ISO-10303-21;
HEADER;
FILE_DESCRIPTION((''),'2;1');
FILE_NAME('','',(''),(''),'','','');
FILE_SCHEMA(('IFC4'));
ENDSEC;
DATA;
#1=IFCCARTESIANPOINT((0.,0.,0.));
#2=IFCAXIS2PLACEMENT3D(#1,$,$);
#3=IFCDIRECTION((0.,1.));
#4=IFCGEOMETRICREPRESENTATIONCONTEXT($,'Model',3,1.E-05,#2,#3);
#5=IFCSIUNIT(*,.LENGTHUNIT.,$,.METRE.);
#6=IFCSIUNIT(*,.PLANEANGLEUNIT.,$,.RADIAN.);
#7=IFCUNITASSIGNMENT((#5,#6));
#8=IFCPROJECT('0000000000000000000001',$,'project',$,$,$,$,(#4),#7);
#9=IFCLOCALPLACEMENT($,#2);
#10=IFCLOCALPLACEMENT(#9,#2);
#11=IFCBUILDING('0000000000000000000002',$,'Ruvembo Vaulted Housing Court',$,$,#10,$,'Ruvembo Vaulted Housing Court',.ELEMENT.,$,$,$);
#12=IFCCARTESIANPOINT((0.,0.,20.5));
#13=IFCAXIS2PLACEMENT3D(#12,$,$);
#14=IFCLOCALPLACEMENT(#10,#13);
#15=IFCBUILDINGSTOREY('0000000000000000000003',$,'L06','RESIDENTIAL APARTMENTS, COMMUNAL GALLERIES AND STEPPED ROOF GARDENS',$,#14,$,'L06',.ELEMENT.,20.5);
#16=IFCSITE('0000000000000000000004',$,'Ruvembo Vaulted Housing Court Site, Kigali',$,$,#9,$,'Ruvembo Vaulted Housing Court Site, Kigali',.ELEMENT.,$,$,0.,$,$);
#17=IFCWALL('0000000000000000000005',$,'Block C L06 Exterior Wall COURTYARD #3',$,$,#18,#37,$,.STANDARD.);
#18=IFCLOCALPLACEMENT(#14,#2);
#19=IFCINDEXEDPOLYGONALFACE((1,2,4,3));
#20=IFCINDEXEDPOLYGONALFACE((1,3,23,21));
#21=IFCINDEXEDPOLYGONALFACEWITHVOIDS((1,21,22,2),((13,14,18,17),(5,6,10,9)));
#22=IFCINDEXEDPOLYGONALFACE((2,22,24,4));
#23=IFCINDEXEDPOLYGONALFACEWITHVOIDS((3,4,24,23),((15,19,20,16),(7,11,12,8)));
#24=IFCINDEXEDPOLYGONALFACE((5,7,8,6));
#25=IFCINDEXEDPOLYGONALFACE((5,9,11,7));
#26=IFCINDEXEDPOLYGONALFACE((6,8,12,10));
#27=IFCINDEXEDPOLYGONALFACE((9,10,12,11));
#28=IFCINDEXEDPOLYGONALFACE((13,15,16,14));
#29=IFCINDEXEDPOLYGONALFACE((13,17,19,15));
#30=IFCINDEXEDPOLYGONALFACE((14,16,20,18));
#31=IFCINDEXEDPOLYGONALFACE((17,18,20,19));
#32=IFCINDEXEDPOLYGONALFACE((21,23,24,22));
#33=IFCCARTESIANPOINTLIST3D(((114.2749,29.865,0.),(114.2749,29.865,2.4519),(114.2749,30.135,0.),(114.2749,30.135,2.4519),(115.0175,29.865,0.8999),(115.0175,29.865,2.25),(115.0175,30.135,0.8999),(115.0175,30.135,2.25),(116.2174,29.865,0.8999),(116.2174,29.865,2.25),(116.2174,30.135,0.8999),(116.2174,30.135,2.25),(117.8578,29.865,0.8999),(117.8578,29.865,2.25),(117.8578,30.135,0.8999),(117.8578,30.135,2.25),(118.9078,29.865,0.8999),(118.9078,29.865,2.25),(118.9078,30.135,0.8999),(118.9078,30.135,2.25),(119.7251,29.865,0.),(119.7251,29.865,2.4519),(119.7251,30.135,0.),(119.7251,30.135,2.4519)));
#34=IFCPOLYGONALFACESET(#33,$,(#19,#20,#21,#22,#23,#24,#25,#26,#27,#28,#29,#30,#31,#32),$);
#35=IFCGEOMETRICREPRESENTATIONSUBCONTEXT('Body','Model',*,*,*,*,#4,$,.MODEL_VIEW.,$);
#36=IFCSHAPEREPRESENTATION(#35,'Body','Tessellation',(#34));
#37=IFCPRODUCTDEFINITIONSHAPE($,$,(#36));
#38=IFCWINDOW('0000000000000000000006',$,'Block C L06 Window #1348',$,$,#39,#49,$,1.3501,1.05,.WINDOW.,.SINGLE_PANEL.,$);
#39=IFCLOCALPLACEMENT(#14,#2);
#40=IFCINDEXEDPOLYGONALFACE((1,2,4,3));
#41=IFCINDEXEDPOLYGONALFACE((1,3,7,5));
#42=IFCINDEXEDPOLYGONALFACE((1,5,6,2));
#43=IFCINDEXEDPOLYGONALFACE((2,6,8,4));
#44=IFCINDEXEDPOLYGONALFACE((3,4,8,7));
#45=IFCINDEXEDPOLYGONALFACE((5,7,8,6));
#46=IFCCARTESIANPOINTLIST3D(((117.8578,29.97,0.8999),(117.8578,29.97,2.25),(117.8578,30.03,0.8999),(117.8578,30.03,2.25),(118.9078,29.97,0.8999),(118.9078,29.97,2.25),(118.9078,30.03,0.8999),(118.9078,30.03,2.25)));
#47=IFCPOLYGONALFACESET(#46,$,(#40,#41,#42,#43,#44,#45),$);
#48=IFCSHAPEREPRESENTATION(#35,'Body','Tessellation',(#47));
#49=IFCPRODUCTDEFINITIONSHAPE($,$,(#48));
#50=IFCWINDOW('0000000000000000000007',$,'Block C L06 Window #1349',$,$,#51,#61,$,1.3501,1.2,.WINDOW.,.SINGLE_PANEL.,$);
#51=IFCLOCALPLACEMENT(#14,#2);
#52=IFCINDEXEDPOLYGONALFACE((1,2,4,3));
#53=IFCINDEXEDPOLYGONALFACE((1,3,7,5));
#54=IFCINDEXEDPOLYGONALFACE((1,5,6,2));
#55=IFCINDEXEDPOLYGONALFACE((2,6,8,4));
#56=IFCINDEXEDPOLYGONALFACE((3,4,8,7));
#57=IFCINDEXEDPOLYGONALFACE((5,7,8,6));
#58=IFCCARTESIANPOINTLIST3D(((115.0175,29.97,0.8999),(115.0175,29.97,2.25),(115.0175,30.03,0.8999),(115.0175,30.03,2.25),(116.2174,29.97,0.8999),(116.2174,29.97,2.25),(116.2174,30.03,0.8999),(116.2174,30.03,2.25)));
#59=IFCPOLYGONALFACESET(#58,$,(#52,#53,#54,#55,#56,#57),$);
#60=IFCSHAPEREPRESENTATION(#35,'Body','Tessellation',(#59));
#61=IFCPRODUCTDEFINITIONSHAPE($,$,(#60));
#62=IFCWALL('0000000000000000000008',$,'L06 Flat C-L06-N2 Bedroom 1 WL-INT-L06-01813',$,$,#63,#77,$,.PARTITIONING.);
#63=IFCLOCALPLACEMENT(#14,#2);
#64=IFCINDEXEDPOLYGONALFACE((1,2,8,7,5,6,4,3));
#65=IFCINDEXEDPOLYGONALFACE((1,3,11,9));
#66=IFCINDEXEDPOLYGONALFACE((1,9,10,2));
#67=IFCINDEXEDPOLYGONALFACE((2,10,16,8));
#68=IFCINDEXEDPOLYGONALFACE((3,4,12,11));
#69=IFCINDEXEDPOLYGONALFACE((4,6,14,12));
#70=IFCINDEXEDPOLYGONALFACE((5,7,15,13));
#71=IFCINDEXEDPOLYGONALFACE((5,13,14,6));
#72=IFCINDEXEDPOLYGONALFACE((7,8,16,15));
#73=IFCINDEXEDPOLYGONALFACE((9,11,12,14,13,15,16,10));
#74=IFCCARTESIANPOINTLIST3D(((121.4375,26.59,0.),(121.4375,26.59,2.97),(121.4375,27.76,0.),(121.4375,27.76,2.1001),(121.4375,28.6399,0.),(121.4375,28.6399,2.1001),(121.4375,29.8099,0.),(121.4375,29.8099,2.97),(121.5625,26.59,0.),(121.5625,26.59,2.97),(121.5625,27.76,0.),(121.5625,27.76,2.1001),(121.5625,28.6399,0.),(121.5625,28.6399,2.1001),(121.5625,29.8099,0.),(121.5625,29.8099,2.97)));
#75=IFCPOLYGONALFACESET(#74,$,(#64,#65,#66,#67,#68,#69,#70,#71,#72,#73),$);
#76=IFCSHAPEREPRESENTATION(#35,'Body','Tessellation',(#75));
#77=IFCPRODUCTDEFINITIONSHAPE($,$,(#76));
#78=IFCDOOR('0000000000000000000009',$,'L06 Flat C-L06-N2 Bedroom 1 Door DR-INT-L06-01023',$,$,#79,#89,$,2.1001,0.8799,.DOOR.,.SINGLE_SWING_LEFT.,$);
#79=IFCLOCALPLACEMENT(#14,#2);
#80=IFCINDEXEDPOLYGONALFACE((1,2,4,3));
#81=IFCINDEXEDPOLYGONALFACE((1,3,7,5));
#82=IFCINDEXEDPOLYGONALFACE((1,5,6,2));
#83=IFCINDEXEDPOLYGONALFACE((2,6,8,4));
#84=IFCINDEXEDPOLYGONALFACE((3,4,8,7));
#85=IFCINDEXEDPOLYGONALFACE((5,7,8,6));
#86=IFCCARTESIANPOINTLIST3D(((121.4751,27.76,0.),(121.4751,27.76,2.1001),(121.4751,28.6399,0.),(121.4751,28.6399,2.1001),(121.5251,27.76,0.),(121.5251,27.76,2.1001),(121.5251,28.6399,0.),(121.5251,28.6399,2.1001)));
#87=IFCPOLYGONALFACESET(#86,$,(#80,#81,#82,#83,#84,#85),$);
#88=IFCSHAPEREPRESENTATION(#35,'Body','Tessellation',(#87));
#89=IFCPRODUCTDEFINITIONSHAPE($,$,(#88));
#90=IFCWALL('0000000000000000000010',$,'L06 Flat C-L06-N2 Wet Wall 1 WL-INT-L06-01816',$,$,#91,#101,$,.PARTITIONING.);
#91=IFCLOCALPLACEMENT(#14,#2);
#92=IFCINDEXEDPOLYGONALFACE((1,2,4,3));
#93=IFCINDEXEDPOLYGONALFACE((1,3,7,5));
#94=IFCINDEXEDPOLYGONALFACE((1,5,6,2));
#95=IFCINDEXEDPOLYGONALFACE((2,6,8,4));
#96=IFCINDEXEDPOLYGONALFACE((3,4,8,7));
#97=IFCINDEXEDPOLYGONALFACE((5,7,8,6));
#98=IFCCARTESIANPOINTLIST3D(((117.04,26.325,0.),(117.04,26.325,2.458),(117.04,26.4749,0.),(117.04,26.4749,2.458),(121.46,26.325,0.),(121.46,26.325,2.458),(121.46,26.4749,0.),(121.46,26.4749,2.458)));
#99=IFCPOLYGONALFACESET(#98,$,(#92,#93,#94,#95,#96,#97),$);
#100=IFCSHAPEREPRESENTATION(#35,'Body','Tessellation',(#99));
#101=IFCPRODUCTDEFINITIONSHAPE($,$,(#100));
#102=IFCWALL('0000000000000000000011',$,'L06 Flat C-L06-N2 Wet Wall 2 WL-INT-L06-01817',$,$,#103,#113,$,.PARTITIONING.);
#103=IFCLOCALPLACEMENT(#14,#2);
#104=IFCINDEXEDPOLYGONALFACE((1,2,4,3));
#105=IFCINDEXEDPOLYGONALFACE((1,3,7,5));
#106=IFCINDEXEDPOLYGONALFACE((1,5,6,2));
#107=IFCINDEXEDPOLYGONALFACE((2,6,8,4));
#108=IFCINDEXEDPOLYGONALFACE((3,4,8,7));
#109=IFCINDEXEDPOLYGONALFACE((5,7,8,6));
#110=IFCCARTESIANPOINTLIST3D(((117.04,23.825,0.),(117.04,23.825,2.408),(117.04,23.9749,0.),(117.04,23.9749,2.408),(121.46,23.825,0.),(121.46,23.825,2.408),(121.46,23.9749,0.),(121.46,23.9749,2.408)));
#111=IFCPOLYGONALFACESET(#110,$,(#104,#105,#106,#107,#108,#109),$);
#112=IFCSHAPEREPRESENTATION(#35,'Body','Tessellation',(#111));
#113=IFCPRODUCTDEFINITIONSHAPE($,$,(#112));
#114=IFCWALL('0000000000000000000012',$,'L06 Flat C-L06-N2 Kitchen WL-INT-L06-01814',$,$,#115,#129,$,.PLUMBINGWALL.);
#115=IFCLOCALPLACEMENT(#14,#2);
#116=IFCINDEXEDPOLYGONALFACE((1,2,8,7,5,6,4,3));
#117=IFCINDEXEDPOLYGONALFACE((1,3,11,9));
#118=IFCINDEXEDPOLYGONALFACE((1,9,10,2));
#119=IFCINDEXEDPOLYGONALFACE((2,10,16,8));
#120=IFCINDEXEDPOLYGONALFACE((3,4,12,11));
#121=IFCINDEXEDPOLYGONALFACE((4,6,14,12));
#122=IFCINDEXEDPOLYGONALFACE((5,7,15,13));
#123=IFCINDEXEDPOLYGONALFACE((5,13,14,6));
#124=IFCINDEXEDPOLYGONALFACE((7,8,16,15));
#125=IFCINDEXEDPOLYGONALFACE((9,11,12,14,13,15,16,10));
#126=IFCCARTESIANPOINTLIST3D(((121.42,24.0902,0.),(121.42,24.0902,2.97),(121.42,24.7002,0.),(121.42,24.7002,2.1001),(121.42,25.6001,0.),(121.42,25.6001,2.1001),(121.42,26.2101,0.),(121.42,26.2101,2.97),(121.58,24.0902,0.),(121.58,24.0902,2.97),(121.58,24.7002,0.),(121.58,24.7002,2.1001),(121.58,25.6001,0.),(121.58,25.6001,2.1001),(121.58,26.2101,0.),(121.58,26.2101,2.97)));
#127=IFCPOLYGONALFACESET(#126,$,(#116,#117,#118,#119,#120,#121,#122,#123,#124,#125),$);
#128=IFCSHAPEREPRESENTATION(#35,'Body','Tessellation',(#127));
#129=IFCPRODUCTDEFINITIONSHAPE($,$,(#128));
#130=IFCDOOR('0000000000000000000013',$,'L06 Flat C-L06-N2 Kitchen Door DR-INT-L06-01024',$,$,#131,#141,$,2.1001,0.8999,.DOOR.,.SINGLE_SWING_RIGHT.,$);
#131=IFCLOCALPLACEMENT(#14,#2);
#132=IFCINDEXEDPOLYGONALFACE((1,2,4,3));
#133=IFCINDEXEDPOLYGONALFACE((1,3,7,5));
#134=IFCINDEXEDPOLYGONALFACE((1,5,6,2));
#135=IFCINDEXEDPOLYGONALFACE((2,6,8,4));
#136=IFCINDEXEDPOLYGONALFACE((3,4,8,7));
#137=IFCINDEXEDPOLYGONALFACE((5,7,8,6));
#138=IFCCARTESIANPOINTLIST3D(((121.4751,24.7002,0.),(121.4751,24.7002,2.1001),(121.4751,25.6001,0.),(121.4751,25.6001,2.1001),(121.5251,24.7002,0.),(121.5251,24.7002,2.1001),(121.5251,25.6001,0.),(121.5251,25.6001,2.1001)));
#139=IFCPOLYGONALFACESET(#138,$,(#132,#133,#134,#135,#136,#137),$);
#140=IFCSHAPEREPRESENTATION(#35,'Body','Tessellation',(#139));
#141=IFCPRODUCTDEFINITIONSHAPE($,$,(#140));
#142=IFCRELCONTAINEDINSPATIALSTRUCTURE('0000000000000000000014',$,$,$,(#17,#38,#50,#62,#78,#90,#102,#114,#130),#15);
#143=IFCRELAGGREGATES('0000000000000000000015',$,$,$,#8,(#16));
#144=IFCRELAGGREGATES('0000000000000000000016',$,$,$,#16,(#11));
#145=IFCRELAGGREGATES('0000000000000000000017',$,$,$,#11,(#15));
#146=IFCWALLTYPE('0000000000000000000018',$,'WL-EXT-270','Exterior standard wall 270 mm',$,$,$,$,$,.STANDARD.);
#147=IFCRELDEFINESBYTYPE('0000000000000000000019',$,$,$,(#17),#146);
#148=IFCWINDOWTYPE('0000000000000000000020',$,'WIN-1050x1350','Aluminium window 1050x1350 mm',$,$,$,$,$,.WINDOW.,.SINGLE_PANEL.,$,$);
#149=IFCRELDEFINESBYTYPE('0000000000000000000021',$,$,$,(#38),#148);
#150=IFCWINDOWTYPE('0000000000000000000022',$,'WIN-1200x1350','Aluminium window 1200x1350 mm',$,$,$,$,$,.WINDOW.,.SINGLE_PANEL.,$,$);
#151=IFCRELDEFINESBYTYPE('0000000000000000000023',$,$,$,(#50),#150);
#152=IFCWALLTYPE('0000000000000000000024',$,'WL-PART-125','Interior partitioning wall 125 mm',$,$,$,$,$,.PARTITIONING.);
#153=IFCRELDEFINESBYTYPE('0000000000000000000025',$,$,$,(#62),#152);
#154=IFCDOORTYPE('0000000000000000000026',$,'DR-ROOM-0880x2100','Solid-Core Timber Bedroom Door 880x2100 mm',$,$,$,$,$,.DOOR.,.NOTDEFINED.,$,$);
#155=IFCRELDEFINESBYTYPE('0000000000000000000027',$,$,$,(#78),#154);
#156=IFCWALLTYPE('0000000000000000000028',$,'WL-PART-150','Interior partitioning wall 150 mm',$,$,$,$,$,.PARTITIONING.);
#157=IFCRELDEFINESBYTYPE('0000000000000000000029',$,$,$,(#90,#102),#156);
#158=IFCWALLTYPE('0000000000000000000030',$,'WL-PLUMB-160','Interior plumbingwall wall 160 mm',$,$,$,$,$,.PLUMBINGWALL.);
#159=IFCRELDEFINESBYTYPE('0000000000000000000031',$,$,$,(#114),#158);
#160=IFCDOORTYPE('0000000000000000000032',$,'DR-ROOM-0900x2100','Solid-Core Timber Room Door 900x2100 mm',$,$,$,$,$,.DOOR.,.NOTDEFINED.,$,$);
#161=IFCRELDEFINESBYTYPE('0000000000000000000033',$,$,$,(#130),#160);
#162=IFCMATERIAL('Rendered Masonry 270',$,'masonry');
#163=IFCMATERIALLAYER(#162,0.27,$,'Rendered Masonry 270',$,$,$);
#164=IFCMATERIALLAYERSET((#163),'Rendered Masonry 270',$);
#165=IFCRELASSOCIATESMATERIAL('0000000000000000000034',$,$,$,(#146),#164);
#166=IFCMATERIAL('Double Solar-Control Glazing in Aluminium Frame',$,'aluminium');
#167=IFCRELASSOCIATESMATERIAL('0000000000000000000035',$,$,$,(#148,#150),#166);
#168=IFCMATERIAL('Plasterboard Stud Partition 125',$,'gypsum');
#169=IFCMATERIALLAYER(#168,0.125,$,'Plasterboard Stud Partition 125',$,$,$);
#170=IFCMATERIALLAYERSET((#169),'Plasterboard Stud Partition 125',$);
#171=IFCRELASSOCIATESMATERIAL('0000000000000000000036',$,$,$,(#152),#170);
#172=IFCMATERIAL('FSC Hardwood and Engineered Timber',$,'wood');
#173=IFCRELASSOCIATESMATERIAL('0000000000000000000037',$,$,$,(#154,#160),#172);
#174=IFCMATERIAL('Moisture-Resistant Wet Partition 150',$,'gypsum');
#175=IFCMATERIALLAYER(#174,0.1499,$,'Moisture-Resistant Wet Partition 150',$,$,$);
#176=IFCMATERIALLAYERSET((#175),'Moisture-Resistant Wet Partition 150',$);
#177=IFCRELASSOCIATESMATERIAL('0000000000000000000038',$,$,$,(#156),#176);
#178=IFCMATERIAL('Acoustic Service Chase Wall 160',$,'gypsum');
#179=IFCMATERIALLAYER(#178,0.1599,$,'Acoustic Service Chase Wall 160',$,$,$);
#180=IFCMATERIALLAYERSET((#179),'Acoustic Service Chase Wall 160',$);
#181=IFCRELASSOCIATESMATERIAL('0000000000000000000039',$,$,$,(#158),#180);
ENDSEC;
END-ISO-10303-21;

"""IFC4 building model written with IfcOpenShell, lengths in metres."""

from ifc_helpers import new_model, si_unit, direction, frame, frame_2d, origin, place, context, subcontext, project, spatial, rectangle, extrude, material, layer, layer_set, type_object, element, fill, save


model = new_model("IFC4")

# Units and contexts
model_context = context("Model", 3, precision=1e-05, world=origin(), true_north=direction((0.0, 1.0)))
body_context = subcontext(model_context, "Body", "Model", "MODEL_VIEW")
ifc_project = project(units=[si_unit("LENGTHUNIT", "METRE"), si_unit("PLANEANGLEUNIT", "RADIAN")], contexts=[model_context])

# Site, building, storey
site_placement = place(None, origin())
site = spatial("IfcSite", under=ifc_project, at=site_placement, Name="Ruvembo Vaulted Housing Court Site, Kigali", LongName="Ruvembo Vaulted Housing Court Site, Kigali", CompositionType="ELEMENT", RefElevation=0.0)
building_placement = place(site_placement, origin())
building = spatial("IfcBuilding", under=site, at=building_placement, Name="Ruvembo Vaulted Housing Court", LongName="Ruvembo Vaulted Housing Court", CompositionType="ELEMENT")
storey_placement = place(building_placement, frame((0.0, 0.0, 20.5)))
storey = spatial("IfcBuildingStorey", under=building, at=storey_placement, Name="L06", Description="RESIDENTIAL APARTMENTS, COMMUNAL GALLERIES AND STEPPED ROOF GARDENS", LongName="L06", CompositionType="ELEMENT", Elevation=20.5)

# Wall, openings, windows
ifc_material_1 = material(Name="Rendered Masonry 270", Category="masonry")
ifc_layer_1 = layer(ifc_material_1, 0.27, Name="Rendered Masonry 270")
ifc_layer_set_1 = layer_set([ifc_layer_1], Name="Rendered Masonry 270")
wall_type_1 = type_object("IfcWallType", Name="WL-EXT-270", Description="Exterior standard wall 270 mm", PredefinedType="STANDARD", material=ifc_layer_set_1)
ifc_material_2 = material(Name="Double Solar-Control Glazing in Aluminium Frame", Category="aluminium")
window_type_1 = type_object("IfcWindowType", Name="WIN-1050x1350", Description="Aluminium window 1050x1350 mm", PartitioningType="SINGLE_PANEL", PredefinedType="WINDOW", material=ifc_material_2)
wall_1_placement = place(storey_placement, frame((119.7251, 30.0, 0.0), z_axis=(0.0, 0.0, 1.0), x_axis=(-1.0, 0.0, 0.0)))
wall_1 = element("IfcWall", 1, at=wall_1_placement, inside=storey, type_object=wall_type_1, Name="Block C L06 Exterior Wall COURTYARD #3", PredefinedType="STANDARD", context=body_context, shape_type="SweptSolid", body=[
    extrude(rectangle(XDim=5.4502, YDim=0.27, at=frame_2d((2.7251, 0.0))), origin(), (0.0, 0.0, 1.0), 2.4519),
])
opening_1_placement = place(wall_1_placement, frame((0.8174, 0.0, 0.8999)))
opening_1 = element("IfcOpeningElement", 2, at=opening_1_placement, cuts=wall_1, PredefinedType="OPENING", context=body_context, shape_type="SweptSolid", body=[
    extrude(rectangle(XDim=1.05, YDim=1.3501, at=frame_2d((0.5249, 0.675))), frame((0.0, 0.145, 0.0), z_axis=(0.0, -1.0, 0.0), x_axis=(1.0, 0.0, 0.0)), (0.0, 0.0, 1.0), 0.29),
])
opening_2_placement = place(wall_1_placement, frame((3.5076, 0.0, 0.8999)))
opening_2 = element("IfcOpeningElement", 3, at=opening_2_placement, cuts=wall_1, PredefinedType="OPENING", context=body_context, shape_type="SweptSolid", body=[
    extrude(rectangle(XDim=1.2, YDim=1.3501, at=frame_2d((0.6001, 0.675))), frame((0.0, 0.145, 0.0), z_axis=(0.0, -1.0, 0.0), x_axis=(1.0, 0.0, 0.0)), (0.0, 0.0, 1.0), 0.29),
])
window_1_placement = place(opening_1_placement, origin())
window_1 = element("IfcWindow", 4, at=window_1_placement, inside=storey, type_object=window_type_1, Name="Block C L06 Window #1348", OverallHeight=1.3501, OverallWidth=1.05, PartitioningType="SINGLE_PANEL", PredefinedType="WINDOW", context=body_context, shape_type="SweptSolid", body=[
    extrude(rectangle(XDim=1.05, YDim=1.3501, at=frame_2d((0.5249, 0.675))), frame((0.0, 0.03, 0.0), z_axis=(0.0, -1.0, 0.0), x_axis=(1.0, 0.0, 0.0)), (0.0, 0.0, 1.0), 0.0601),
])
fill(opening_1, window_1)
window_type_2 = type_object("IfcWindowType", Name="WIN-1200x1350", Description="Aluminium window 1200x1350 mm", PartitioningType="SINGLE_PANEL", PredefinedType="WINDOW", material=ifc_material_2)
window_2_placement = place(opening_2_placement, origin())
window_2 = element("IfcWindow", 5, at=window_2_placement, inside=storey, type_object=window_type_2, Name="Block C L06 Window #1349", OverallHeight=1.3501, OverallWidth=1.2, PartitioningType="SINGLE_PANEL", PredefinedType="WINDOW", context=body_context, shape_type="SweptSolid", body=[
    extrude(rectangle(XDim=1.2, YDim=1.3501, at=frame_2d((0.6001, 0.675))), frame((0.0, 0.03, 0.0), z_axis=(0.0, -1.0, 0.0), x_axis=(1.0, 0.0, 0.0)), (0.0, 0.0, 1.0), 0.0601),
])
fill(opening_2, window_2)

# Wall, opening, door
ifc_material_3 = material(Name="Plasterboard Stud Partition 125", Category="gypsum")
ifc_layer_2 = layer(ifc_material_3, 0.125, Name="Plasterboard Stud Partition 125")
ifc_layer_set_2 = layer_set([ifc_layer_2], Name="Plasterboard Stud Partition 125")
wall_type_2 = type_object("IfcWallType", Name="WL-PART-125", Description="Interior partitioning wall 125 mm", PredefinedType="PARTITIONING", material=ifc_layer_set_2)
wall_2_placement = place(storey_placement, frame((121.5, 26.5901, 0.0), z_axis=(0.0, 0.0, 1.0), x_axis=(0.0, 1.0, 0.0)))
wall_2 = element("IfcWall", 6, at=wall_2_placement, inside=storey, type_object=wall_type_2, Name="L06 Flat C-L06-N2 Bedroom 1 WL-INT-L06-01813", PredefinedType="PARTITIONING", context=body_context, shape_type="SweptSolid", body=[
    extrude(rectangle(XDim=3.22, YDim=0.125, at=frame_2d((1.6099, 0.0))), origin(), (0.0, 0.0, 1.0), 2.97),
])
opening_3_placement = place(wall_2_placement, frame((1.1699, 0.0, 0.0)))
opening_3 = element("IfcOpeningElement", 7, at=opening_3_placement, cuts=wall_2, PredefinedType="OPENING", context=body_context, shape_type="SweptSolid", body=[
    extrude(rectangle(XDim=0.8799, YDim=2.1001, at=frame_2d((0.4399, 1.05))), frame((0.0, 0.0725, 0.0), z_axis=(0.0, -1.0, 0.0), x_axis=(1.0, 0.0, 0.0)), (0.0, 0.0, 1.0), 0.145),
])
ifc_material_4 = material(Name="FSC Hardwood and Engineered Timber", Category="wood")
door_type_1 = type_object("IfcDoorType", Name="DR-ROOM-0880x2100", Description="Solid-Core Timber Bedroom Door 880x2100 mm", OperationType="NOTDEFINED", PredefinedType="DOOR", material=ifc_material_4)
door_1_placement = place(opening_3_placement, origin())
door_1 = element("IfcDoor", 8, at=door_1_placement, inside=storey, type_object=door_type_1, Name="L06 Flat C-L06-N2 Bedroom 1 Door DR-INT-L06-01023", OperationType="SINGLE_SWING_LEFT", OverallHeight=2.1001, OverallWidth=0.8799, PredefinedType="DOOR", context=body_context, shape_type="SweptSolid", body=[
    extrude(rectangle(XDim=0.8799, YDim=2.1001, at=frame_2d((0.4399, 1.05))), frame((0.0, 0.0249, 0.0), z_axis=(0.0, -1.0, 0.0), x_axis=(1.0, 0.0, 0.0)), (0.0, 0.0, 1.0), 0.05),
])
fill(opening_3, door_1)

# Walls
ifc_material_5 = material(Name="Moisture-Resistant Wet Partition 150", Category="gypsum")
ifc_layer_3 = layer(ifc_material_5, 0.1499, Name="Moisture-Resistant Wet Partition 150")
ifc_layer_set_3 = layer_set([ifc_layer_3], Name="Moisture-Resistant Wet Partition 150")
wall_type_3 = type_object("IfcWallType", Name="WL-PART-150", Description="Interior partitioning wall 150 mm", PredefinedType="PARTITIONING", material=ifc_layer_set_3)
wall_3_placement = place(storey_placement, frame((117.04, 26.3999, 0.0), z_axis=(0.0, 0.0, 1.0), x_axis=(1.0, 0.0, 0.0)))
element("IfcWall", 9, at=wall_3_placement, inside=storey, type_object=wall_type_3, Name="L06 Flat C-L06-N2 Wet Wall 1 WL-INT-L06-01816", PredefinedType="PARTITIONING", context=body_context, shape_type="SweptSolid", body=[
    extrude(rectangle(XDim=4.4199, YDim=0.1499, at=frame_2d((2.21, 0.0))), origin(), (0.0, 0.0, 1.0), 2.458),
])
wall_4_placement = place(storey_placement, frame((117.04, 23.8999, 0.0), z_axis=(0.0, 0.0, 1.0), x_axis=(1.0, 0.0, 0.0)))
element("IfcWall", 10, at=wall_4_placement, inside=storey, type_object=wall_type_3, Name="L06 Flat C-L06-N2 Wet Wall 2 WL-INT-L06-01817", PredefinedType="PARTITIONING", context=body_context, shape_type="SweptSolid", body=[
    extrude(rectangle(XDim=4.4199, YDim=0.1499, at=frame_2d((2.21, 0.0))), origin(), (0.0, 0.0, 1.0), 2.408),
])

# Wall, opening, door
ifc_material_6 = material(Name="Acoustic Service Chase Wall 160", Category="gypsum")
ifc_layer_4 = layer(ifc_material_6, 0.1599, Name="Acoustic Service Chase Wall 160")
ifc_layer_set_4 = layer_set([ifc_layer_4], Name="Acoustic Service Chase Wall 160")
wall_type_4 = type_object("IfcWallType", Name="WL-PLUMB-160", Description="Interior plumbingwall wall 160 mm", PredefinedType="PLUMBINGWALL", material=ifc_layer_set_4)
wall_5_placement = place(storey_placement, frame((121.5, 24.0901, 0.0), z_axis=(0.0, 0.0, 1.0), x_axis=(0.0, 1.0, 0.0)))
wall_5 = element("IfcWall", 11, at=wall_5_placement, inside=storey, type_object=wall_type_4, Name="L06 Flat C-L06-N2 Kitchen WL-INT-L06-01814", PredefinedType="PLUMBINGWALL", context=body_context, shape_type="SweptSolid", body=[
    extrude(rectangle(XDim=2.1199, YDim=0.1599, at=frame_2d((1.0601, 0.0))), origin(), (0.0, 0.0, 1.0), 2.97),
])
opening_4_placement = place(wall_5_placement, frame((0.6101, 0.0, 0.0)))
opening_4 = element("IfcOpeningElement", 12, at=opening_4_placement, cuts=wall_5, PredefinedType="OPENING", context=body_context, shape_type="SweptSolid", body=[
    extrude(rectangle(XDim=0.8999, YDim=2.1001, at=frame_2d((0.45, 1.05))), frame((0.0, 0.0898, 0.0), z_axis=(0.0, -1.0, 0.0), x_axis=(1.0, 0.0, 0.0)), (0.0, 0.0, 1.0), 0.1799),
])
door_type_2 = type_object("IfcDoorType", Name="DR-ROOM-0900x2100", Description="Solid-Core Timber Room Door 900x2100 mm", OperationType="NOTDEFINED", PredefinedType="DOOR", material=ifc_material_4)
door_2_placement = place(opening_4_placement, origin())
door_2 = element("IfcDoor", 13, at=door_2_placement, inside=storey, type_object=door_type_2, Name="L06 Flat C-L06-N2 Kitchen Door DR-INT-L06-01024", OperationType="SINGLE_SWING_RIGHT", OverallHeight=2.1001, OverallWidth=0.8999, PredefinedType="DOOR", context=body_context, shape_type="SweptSolid", body=[
    extrude(rectangle(XDim=0.8999, YDim=2.1001, at=frame_2d((0.45, 1.05))), frame((0.0, 0.0249, 0.0), z_axis=(0.0, -1.0, 0.0), x_axis=(1.0, 0.0, 0.0)), (0.0, 0.0, 1.0), 0.05),
])
fill(opening_4, door_2)

save(model, "model.ifc")
